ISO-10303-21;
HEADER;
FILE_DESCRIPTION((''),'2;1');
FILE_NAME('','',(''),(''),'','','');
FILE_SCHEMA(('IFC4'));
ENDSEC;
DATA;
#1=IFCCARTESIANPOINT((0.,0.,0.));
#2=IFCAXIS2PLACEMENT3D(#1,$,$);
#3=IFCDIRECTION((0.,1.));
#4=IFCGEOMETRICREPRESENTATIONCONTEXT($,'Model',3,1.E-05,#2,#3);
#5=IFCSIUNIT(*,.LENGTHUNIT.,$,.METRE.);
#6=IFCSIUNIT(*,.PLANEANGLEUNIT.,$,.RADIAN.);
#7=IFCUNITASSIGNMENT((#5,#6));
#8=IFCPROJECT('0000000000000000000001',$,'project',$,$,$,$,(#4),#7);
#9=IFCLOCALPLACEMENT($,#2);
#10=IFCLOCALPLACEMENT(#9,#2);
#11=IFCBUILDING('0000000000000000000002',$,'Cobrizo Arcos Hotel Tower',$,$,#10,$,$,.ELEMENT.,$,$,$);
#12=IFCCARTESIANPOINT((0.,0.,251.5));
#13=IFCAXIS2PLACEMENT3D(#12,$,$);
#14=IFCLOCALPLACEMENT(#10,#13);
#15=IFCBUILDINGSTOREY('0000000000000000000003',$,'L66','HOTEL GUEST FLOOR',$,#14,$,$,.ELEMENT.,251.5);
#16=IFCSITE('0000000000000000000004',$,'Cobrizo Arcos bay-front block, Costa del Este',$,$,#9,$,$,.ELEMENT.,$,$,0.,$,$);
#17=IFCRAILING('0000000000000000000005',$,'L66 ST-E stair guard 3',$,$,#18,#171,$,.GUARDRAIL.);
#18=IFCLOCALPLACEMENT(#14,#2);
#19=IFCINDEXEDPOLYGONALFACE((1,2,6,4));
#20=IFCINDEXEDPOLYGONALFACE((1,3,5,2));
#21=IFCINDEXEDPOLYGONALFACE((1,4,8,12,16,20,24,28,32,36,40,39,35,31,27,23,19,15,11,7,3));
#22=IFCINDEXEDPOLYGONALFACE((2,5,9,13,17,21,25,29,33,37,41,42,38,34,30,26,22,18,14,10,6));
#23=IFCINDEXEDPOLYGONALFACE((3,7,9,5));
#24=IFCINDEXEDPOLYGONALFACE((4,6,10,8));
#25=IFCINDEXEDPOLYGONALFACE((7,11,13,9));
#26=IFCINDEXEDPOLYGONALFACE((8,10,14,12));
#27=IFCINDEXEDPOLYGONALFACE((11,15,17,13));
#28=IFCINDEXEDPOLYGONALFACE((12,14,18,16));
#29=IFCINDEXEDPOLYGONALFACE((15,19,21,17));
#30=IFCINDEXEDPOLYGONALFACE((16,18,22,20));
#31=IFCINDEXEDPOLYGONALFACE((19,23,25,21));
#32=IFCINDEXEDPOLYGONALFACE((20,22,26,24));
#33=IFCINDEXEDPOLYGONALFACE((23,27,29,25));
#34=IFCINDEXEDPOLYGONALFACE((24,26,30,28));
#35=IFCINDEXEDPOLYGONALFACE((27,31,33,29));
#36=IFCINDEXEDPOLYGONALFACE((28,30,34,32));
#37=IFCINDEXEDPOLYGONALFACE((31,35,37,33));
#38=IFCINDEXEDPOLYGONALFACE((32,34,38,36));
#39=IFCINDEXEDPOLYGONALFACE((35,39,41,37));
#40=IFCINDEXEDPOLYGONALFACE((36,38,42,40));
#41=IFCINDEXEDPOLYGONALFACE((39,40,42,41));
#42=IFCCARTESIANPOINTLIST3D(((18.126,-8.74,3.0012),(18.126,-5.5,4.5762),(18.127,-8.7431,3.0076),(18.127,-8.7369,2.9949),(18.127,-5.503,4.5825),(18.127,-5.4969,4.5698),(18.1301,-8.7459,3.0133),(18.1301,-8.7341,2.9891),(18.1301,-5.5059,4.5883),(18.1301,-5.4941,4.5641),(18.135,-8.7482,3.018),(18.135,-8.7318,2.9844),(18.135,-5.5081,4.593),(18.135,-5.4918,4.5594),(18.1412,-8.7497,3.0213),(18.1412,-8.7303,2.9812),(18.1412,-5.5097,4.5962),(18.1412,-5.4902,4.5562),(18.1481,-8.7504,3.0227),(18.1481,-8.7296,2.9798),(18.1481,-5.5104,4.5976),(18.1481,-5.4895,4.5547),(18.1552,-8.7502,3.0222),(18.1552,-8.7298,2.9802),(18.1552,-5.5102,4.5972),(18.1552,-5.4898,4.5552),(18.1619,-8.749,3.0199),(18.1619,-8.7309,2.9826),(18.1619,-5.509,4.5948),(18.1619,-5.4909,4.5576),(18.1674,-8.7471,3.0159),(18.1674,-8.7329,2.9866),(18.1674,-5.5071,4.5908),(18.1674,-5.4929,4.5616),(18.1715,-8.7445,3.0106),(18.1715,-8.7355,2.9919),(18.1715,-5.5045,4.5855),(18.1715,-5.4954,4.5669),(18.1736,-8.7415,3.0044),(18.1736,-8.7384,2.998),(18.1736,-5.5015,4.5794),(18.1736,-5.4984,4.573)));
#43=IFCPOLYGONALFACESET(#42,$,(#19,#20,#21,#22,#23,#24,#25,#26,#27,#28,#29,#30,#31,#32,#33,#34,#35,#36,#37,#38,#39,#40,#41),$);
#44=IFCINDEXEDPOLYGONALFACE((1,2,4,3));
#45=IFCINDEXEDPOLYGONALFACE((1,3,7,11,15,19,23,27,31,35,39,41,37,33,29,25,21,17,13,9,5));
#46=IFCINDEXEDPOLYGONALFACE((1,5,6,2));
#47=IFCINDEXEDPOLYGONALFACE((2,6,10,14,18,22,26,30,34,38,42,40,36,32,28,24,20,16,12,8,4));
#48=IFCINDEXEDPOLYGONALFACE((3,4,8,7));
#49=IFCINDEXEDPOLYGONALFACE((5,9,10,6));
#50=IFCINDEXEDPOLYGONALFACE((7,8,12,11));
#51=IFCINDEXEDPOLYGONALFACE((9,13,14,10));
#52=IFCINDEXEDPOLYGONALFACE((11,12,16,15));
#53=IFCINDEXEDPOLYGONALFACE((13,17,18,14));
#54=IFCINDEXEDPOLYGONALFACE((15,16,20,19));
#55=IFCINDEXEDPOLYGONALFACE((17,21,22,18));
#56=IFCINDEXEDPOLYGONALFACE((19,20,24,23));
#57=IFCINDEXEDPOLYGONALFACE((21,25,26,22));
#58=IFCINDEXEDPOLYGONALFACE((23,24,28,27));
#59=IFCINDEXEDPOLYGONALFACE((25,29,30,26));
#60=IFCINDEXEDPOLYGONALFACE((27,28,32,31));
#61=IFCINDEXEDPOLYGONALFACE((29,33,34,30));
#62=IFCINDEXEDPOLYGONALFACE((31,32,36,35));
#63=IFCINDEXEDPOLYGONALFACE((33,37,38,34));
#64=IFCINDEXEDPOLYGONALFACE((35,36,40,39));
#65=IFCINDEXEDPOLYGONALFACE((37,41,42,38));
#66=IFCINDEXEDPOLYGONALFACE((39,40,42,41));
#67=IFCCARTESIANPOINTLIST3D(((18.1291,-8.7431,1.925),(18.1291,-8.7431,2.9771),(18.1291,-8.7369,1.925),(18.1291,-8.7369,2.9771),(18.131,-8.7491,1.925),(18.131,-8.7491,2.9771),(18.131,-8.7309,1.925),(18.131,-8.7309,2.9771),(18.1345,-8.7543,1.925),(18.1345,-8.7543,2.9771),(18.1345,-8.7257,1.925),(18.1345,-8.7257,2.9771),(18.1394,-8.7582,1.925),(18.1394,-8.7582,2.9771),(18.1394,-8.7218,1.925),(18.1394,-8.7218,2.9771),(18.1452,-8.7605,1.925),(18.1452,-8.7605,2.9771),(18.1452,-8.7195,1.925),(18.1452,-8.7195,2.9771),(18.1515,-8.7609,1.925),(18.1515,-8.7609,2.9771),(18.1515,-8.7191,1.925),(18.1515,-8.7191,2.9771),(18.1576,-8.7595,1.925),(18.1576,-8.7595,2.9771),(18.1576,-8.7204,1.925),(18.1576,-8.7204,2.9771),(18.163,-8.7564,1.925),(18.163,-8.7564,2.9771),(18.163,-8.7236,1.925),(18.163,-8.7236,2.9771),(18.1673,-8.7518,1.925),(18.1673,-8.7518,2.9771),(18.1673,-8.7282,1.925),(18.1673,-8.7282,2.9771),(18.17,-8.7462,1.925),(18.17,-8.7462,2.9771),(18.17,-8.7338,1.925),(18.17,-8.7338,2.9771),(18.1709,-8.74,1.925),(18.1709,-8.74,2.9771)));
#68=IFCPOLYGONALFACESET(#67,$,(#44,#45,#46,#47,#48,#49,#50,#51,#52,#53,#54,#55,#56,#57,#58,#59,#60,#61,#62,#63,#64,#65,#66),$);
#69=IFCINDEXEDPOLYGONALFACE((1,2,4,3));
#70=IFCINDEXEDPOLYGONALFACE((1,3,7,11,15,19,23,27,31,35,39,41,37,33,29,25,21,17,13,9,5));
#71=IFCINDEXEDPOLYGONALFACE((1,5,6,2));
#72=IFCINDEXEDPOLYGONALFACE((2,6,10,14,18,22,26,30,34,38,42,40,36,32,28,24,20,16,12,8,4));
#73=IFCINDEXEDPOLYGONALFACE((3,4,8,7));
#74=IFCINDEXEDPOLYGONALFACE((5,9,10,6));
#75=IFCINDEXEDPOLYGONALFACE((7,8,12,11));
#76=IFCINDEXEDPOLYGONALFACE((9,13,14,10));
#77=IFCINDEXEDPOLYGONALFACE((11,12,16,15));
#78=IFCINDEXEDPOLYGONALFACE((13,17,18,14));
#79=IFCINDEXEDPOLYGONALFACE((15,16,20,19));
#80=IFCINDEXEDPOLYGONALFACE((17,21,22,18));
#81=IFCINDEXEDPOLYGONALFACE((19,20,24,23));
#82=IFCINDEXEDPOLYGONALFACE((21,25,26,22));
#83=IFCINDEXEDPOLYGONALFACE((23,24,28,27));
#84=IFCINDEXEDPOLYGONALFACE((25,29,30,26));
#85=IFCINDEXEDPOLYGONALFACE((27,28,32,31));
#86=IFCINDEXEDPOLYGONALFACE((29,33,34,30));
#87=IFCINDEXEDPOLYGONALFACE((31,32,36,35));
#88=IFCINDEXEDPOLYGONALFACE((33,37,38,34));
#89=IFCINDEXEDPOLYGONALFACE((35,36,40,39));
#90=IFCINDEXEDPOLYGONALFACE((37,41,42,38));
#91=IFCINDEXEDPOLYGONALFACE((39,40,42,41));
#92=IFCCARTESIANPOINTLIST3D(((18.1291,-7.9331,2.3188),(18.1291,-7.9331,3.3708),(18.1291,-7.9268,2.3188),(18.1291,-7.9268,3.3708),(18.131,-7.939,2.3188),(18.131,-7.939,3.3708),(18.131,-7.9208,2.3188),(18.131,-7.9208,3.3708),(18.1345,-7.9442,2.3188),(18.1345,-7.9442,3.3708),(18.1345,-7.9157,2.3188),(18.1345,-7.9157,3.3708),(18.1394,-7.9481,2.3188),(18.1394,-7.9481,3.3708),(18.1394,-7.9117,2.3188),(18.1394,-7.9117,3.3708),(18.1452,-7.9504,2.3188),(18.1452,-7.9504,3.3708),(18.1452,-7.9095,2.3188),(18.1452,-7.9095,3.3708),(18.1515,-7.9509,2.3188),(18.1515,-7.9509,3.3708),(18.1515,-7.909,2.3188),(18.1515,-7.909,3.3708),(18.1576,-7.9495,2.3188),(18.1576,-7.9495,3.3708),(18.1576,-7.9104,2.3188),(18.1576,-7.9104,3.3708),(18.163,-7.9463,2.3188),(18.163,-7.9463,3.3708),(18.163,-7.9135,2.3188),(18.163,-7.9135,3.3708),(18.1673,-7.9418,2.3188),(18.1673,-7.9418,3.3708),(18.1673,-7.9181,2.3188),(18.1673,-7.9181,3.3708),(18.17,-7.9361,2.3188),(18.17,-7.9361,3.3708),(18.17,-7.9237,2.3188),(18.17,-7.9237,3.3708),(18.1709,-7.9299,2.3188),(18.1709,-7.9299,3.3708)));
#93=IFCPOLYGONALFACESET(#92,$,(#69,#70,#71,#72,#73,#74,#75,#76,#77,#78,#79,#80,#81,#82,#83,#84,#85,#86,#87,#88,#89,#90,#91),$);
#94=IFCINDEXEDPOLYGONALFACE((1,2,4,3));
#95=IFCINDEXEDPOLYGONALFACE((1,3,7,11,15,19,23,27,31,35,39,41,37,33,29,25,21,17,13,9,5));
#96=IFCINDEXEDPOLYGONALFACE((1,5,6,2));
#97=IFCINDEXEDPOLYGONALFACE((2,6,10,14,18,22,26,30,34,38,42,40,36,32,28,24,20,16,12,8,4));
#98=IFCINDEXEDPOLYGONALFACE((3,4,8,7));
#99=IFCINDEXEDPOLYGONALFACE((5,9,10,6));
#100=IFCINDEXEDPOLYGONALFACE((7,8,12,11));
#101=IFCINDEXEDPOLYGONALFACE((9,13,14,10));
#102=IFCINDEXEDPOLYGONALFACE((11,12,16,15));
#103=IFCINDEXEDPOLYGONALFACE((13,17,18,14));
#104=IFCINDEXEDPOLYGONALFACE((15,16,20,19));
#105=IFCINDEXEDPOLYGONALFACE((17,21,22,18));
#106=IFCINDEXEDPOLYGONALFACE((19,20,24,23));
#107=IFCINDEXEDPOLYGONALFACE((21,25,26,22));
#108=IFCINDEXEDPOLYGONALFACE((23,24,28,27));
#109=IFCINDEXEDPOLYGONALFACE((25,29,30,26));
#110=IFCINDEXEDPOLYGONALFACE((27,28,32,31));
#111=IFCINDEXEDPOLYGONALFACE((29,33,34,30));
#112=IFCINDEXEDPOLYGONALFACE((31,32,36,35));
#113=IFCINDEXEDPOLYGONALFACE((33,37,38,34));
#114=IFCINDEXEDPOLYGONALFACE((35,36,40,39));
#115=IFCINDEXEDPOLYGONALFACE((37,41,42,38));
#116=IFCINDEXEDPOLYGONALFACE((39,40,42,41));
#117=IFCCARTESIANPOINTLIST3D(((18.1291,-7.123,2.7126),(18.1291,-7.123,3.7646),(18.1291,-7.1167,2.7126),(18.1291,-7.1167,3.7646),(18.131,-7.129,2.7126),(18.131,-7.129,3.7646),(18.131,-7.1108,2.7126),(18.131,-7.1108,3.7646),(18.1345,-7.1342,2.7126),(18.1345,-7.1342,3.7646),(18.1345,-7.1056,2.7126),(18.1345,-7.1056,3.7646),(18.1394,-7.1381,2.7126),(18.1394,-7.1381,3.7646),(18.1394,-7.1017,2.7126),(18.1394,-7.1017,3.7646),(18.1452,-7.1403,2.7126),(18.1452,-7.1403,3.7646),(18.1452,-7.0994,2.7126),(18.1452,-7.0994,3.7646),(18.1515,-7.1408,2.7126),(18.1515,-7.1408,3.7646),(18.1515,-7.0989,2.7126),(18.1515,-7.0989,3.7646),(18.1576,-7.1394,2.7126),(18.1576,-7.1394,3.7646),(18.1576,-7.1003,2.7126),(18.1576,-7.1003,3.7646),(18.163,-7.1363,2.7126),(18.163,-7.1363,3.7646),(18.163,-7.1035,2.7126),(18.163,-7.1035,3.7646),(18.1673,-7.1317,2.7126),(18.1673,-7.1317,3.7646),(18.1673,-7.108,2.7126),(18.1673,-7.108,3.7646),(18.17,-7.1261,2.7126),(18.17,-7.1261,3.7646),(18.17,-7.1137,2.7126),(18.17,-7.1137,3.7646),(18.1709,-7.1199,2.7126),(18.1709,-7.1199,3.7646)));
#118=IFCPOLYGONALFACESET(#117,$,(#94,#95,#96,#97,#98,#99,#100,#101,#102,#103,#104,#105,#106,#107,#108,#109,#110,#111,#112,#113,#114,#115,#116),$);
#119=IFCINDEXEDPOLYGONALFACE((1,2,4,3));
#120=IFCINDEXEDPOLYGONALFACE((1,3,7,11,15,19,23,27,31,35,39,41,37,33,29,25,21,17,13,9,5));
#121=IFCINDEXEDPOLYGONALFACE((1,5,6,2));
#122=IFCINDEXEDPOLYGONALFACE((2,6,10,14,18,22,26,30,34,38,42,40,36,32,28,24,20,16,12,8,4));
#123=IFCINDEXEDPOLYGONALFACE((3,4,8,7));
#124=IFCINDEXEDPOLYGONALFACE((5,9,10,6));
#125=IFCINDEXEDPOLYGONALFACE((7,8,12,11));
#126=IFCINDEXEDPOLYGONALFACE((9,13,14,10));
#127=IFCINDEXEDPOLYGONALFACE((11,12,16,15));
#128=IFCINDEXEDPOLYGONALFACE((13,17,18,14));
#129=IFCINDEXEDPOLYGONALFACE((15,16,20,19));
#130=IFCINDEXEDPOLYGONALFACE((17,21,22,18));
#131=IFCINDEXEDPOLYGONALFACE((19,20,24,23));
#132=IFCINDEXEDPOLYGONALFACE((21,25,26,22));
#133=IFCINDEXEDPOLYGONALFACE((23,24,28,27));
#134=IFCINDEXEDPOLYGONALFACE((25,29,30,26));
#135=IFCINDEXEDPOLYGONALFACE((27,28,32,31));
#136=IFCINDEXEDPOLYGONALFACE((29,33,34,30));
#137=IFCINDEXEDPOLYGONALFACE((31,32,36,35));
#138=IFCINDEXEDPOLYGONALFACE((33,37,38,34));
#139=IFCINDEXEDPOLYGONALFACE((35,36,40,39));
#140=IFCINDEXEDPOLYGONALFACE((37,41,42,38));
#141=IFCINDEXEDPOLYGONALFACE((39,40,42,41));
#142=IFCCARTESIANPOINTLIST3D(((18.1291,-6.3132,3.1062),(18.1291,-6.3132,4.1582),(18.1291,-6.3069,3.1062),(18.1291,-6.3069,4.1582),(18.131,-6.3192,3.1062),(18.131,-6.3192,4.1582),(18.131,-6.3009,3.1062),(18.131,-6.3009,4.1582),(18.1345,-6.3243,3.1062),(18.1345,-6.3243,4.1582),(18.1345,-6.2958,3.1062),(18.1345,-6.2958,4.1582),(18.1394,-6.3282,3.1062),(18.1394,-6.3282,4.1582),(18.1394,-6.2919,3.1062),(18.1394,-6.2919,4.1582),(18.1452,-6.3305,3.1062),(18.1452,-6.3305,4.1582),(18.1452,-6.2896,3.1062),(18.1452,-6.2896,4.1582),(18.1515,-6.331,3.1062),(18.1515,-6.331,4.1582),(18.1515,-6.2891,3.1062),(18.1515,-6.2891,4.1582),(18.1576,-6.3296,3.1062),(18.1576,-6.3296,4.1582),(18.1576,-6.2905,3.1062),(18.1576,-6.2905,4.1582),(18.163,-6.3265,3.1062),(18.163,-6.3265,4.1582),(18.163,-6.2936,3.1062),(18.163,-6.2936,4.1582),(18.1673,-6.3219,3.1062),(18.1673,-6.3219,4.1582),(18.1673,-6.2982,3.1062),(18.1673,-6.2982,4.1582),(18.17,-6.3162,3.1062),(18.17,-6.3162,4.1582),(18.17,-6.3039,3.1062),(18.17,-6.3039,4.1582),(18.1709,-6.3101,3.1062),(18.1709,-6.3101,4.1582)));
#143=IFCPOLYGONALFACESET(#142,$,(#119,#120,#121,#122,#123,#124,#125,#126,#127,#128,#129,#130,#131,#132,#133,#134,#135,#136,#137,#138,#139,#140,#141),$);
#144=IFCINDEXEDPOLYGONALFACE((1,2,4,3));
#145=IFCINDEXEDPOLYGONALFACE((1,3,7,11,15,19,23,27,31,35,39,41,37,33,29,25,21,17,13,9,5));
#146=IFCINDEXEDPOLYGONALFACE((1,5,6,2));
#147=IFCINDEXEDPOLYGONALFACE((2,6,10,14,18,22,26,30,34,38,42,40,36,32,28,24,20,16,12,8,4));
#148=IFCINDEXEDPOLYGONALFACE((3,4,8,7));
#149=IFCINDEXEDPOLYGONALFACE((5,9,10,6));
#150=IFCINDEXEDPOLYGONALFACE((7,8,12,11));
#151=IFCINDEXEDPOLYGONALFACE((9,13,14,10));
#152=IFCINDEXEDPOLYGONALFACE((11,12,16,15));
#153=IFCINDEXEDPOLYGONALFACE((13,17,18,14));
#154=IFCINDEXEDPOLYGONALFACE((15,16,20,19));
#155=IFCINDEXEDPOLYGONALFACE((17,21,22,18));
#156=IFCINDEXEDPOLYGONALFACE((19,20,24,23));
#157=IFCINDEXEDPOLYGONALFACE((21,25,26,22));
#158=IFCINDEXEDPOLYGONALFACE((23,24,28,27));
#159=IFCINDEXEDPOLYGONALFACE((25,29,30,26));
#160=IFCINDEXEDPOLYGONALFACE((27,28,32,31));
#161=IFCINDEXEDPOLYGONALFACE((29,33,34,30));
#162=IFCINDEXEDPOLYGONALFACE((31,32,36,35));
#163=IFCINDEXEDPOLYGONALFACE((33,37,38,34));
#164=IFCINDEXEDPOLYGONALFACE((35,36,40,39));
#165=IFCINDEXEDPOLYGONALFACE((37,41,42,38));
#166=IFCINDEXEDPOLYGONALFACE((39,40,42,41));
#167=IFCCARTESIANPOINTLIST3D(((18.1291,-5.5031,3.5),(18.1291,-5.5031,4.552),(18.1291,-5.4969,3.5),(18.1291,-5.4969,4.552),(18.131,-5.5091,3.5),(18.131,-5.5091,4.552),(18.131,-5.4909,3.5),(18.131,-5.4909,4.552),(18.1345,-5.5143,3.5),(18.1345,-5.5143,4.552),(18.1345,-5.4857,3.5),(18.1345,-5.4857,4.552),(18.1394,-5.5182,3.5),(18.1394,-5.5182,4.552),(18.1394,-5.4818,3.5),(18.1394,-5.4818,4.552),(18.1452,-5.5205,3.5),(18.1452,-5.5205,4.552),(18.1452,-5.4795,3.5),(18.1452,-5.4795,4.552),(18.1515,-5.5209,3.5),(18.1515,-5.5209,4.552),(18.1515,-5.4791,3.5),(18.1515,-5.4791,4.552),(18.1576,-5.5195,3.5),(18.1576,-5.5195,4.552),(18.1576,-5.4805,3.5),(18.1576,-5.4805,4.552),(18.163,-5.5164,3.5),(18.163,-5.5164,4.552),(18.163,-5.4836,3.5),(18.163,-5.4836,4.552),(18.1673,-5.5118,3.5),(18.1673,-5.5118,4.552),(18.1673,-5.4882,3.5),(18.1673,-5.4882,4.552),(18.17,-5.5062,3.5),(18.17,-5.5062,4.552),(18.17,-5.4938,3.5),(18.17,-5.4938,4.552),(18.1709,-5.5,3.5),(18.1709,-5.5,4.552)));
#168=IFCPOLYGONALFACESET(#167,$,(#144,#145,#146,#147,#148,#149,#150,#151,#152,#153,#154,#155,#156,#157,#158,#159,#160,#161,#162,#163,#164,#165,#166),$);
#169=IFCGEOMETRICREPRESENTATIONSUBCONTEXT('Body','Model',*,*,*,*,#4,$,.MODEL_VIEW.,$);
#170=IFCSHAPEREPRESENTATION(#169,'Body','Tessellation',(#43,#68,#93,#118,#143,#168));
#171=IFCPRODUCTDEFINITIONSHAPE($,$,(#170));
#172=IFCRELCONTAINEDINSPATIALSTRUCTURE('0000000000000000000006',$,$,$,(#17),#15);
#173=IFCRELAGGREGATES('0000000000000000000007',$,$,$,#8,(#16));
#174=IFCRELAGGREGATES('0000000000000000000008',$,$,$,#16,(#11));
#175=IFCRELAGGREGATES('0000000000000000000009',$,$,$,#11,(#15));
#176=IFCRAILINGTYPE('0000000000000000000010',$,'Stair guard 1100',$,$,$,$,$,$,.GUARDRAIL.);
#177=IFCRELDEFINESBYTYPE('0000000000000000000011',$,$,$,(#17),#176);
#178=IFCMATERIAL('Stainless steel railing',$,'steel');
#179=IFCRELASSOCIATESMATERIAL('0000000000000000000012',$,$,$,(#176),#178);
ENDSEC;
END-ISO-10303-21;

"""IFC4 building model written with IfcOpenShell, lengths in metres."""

from ifc_helpers import new_model, si_unit, direction, frame, origin, origin_2d, place, context, subcontext, project, spatial, circle, extrude, material, type_object, element, save


model = new_model("IFC4")

# Units and contexts
model_context = context("Model", 3, precision=1e-05, world=origin(), true_north=direction((0.0, 1.0)))
body_context = subcontext(model_context, "Body", "Model", "MODEL_VIEW")
ifc_project = project(units=[si_unit("LENGTHUNIT", "METRE"), si_unit("PLANEANGLEUNIT", "RADIAN")], contexts=[model_context])

# Site, building, storey
site_placement = place(None, origin())
site = spatial("IfcSite", under=ifc_project, at=site_placement, Name="Cobrizo Arcos bay-front block, Costa del Este", CompositionType="ELEMENT", RefElevation=0.0)
building_placement = place(site_placement, origin())
building = spatial("IfcBuilding", under=site, at=building_placement, Name="Cobrizo Arcos Hotel Tower", CompositionType="ELEMENT")
storey_placement = place(building_placement, frame((0.0, 0.0, 251.5)))
storey = spatial("IfcBuildingStorey", under=building, at=storey_placement, Name="L66", Description="HOTEL GUEST FLOOR", CompositionType="ELEMENT", Elevation=251.5)

# Railing
ifc_material_1 = material(Name="Stainless steel railing", Category="steel")
railing_type_1 = type_object("IfcRailingType", Name="Stair guard 1100", PredefinedType="GUARDRAIL", material=ifc_material_1)
railing_1_placement = place(storey_placement, frame((18.1499, -8.74, 1.925)))
element("IfcRailing", 1, at=railing_1_placement, inside=storey, type_object=railing_type_1, Name="L66 ST-E stair guard 3", PredefinedType="GUARDRAIL", context=body_context, shape_type="SweptSolid", body=[
    extrude(circle(Radius=0.0239, at=origin_2d()), frame((0.0, 0.0, 1.0762), z_axis=(0.0, 0.899373, 0.437183), x_axis=(-1.0, 0.0, 0.0)), (0.0, 0.0, 1.0), 3.6025),
    extrude(circle(Radius=0.021, at=origin_2d()), origin(), (0.0, 0.0, 1.0), 1.052),
    extrude(circle(Radius=0.021, at=origin_2d()), frame((0.0, 0.8101, 0.3938)), (0.0, 0.0, 1.0), 1.052),
    extrude(circle(Radius=0.021, at=origin_2d()), frame((0.0, 1.6201, 0.7876)), (0.0, 0.0, 1.0), 1.052),
    extrude(circle(Radius=0.021, at=origin_2d()), frame((0.0, 2.4299, 1.1812)), (0.0, 0.0, 1.0), 1.052),
    extrude(circle(Radius=0.021, at=origin_2d()), frame((0.0, 3.24, 1.575)), (0.0, 0.0, 1.0), 1.052),
])

save(model, "model.ifc")
